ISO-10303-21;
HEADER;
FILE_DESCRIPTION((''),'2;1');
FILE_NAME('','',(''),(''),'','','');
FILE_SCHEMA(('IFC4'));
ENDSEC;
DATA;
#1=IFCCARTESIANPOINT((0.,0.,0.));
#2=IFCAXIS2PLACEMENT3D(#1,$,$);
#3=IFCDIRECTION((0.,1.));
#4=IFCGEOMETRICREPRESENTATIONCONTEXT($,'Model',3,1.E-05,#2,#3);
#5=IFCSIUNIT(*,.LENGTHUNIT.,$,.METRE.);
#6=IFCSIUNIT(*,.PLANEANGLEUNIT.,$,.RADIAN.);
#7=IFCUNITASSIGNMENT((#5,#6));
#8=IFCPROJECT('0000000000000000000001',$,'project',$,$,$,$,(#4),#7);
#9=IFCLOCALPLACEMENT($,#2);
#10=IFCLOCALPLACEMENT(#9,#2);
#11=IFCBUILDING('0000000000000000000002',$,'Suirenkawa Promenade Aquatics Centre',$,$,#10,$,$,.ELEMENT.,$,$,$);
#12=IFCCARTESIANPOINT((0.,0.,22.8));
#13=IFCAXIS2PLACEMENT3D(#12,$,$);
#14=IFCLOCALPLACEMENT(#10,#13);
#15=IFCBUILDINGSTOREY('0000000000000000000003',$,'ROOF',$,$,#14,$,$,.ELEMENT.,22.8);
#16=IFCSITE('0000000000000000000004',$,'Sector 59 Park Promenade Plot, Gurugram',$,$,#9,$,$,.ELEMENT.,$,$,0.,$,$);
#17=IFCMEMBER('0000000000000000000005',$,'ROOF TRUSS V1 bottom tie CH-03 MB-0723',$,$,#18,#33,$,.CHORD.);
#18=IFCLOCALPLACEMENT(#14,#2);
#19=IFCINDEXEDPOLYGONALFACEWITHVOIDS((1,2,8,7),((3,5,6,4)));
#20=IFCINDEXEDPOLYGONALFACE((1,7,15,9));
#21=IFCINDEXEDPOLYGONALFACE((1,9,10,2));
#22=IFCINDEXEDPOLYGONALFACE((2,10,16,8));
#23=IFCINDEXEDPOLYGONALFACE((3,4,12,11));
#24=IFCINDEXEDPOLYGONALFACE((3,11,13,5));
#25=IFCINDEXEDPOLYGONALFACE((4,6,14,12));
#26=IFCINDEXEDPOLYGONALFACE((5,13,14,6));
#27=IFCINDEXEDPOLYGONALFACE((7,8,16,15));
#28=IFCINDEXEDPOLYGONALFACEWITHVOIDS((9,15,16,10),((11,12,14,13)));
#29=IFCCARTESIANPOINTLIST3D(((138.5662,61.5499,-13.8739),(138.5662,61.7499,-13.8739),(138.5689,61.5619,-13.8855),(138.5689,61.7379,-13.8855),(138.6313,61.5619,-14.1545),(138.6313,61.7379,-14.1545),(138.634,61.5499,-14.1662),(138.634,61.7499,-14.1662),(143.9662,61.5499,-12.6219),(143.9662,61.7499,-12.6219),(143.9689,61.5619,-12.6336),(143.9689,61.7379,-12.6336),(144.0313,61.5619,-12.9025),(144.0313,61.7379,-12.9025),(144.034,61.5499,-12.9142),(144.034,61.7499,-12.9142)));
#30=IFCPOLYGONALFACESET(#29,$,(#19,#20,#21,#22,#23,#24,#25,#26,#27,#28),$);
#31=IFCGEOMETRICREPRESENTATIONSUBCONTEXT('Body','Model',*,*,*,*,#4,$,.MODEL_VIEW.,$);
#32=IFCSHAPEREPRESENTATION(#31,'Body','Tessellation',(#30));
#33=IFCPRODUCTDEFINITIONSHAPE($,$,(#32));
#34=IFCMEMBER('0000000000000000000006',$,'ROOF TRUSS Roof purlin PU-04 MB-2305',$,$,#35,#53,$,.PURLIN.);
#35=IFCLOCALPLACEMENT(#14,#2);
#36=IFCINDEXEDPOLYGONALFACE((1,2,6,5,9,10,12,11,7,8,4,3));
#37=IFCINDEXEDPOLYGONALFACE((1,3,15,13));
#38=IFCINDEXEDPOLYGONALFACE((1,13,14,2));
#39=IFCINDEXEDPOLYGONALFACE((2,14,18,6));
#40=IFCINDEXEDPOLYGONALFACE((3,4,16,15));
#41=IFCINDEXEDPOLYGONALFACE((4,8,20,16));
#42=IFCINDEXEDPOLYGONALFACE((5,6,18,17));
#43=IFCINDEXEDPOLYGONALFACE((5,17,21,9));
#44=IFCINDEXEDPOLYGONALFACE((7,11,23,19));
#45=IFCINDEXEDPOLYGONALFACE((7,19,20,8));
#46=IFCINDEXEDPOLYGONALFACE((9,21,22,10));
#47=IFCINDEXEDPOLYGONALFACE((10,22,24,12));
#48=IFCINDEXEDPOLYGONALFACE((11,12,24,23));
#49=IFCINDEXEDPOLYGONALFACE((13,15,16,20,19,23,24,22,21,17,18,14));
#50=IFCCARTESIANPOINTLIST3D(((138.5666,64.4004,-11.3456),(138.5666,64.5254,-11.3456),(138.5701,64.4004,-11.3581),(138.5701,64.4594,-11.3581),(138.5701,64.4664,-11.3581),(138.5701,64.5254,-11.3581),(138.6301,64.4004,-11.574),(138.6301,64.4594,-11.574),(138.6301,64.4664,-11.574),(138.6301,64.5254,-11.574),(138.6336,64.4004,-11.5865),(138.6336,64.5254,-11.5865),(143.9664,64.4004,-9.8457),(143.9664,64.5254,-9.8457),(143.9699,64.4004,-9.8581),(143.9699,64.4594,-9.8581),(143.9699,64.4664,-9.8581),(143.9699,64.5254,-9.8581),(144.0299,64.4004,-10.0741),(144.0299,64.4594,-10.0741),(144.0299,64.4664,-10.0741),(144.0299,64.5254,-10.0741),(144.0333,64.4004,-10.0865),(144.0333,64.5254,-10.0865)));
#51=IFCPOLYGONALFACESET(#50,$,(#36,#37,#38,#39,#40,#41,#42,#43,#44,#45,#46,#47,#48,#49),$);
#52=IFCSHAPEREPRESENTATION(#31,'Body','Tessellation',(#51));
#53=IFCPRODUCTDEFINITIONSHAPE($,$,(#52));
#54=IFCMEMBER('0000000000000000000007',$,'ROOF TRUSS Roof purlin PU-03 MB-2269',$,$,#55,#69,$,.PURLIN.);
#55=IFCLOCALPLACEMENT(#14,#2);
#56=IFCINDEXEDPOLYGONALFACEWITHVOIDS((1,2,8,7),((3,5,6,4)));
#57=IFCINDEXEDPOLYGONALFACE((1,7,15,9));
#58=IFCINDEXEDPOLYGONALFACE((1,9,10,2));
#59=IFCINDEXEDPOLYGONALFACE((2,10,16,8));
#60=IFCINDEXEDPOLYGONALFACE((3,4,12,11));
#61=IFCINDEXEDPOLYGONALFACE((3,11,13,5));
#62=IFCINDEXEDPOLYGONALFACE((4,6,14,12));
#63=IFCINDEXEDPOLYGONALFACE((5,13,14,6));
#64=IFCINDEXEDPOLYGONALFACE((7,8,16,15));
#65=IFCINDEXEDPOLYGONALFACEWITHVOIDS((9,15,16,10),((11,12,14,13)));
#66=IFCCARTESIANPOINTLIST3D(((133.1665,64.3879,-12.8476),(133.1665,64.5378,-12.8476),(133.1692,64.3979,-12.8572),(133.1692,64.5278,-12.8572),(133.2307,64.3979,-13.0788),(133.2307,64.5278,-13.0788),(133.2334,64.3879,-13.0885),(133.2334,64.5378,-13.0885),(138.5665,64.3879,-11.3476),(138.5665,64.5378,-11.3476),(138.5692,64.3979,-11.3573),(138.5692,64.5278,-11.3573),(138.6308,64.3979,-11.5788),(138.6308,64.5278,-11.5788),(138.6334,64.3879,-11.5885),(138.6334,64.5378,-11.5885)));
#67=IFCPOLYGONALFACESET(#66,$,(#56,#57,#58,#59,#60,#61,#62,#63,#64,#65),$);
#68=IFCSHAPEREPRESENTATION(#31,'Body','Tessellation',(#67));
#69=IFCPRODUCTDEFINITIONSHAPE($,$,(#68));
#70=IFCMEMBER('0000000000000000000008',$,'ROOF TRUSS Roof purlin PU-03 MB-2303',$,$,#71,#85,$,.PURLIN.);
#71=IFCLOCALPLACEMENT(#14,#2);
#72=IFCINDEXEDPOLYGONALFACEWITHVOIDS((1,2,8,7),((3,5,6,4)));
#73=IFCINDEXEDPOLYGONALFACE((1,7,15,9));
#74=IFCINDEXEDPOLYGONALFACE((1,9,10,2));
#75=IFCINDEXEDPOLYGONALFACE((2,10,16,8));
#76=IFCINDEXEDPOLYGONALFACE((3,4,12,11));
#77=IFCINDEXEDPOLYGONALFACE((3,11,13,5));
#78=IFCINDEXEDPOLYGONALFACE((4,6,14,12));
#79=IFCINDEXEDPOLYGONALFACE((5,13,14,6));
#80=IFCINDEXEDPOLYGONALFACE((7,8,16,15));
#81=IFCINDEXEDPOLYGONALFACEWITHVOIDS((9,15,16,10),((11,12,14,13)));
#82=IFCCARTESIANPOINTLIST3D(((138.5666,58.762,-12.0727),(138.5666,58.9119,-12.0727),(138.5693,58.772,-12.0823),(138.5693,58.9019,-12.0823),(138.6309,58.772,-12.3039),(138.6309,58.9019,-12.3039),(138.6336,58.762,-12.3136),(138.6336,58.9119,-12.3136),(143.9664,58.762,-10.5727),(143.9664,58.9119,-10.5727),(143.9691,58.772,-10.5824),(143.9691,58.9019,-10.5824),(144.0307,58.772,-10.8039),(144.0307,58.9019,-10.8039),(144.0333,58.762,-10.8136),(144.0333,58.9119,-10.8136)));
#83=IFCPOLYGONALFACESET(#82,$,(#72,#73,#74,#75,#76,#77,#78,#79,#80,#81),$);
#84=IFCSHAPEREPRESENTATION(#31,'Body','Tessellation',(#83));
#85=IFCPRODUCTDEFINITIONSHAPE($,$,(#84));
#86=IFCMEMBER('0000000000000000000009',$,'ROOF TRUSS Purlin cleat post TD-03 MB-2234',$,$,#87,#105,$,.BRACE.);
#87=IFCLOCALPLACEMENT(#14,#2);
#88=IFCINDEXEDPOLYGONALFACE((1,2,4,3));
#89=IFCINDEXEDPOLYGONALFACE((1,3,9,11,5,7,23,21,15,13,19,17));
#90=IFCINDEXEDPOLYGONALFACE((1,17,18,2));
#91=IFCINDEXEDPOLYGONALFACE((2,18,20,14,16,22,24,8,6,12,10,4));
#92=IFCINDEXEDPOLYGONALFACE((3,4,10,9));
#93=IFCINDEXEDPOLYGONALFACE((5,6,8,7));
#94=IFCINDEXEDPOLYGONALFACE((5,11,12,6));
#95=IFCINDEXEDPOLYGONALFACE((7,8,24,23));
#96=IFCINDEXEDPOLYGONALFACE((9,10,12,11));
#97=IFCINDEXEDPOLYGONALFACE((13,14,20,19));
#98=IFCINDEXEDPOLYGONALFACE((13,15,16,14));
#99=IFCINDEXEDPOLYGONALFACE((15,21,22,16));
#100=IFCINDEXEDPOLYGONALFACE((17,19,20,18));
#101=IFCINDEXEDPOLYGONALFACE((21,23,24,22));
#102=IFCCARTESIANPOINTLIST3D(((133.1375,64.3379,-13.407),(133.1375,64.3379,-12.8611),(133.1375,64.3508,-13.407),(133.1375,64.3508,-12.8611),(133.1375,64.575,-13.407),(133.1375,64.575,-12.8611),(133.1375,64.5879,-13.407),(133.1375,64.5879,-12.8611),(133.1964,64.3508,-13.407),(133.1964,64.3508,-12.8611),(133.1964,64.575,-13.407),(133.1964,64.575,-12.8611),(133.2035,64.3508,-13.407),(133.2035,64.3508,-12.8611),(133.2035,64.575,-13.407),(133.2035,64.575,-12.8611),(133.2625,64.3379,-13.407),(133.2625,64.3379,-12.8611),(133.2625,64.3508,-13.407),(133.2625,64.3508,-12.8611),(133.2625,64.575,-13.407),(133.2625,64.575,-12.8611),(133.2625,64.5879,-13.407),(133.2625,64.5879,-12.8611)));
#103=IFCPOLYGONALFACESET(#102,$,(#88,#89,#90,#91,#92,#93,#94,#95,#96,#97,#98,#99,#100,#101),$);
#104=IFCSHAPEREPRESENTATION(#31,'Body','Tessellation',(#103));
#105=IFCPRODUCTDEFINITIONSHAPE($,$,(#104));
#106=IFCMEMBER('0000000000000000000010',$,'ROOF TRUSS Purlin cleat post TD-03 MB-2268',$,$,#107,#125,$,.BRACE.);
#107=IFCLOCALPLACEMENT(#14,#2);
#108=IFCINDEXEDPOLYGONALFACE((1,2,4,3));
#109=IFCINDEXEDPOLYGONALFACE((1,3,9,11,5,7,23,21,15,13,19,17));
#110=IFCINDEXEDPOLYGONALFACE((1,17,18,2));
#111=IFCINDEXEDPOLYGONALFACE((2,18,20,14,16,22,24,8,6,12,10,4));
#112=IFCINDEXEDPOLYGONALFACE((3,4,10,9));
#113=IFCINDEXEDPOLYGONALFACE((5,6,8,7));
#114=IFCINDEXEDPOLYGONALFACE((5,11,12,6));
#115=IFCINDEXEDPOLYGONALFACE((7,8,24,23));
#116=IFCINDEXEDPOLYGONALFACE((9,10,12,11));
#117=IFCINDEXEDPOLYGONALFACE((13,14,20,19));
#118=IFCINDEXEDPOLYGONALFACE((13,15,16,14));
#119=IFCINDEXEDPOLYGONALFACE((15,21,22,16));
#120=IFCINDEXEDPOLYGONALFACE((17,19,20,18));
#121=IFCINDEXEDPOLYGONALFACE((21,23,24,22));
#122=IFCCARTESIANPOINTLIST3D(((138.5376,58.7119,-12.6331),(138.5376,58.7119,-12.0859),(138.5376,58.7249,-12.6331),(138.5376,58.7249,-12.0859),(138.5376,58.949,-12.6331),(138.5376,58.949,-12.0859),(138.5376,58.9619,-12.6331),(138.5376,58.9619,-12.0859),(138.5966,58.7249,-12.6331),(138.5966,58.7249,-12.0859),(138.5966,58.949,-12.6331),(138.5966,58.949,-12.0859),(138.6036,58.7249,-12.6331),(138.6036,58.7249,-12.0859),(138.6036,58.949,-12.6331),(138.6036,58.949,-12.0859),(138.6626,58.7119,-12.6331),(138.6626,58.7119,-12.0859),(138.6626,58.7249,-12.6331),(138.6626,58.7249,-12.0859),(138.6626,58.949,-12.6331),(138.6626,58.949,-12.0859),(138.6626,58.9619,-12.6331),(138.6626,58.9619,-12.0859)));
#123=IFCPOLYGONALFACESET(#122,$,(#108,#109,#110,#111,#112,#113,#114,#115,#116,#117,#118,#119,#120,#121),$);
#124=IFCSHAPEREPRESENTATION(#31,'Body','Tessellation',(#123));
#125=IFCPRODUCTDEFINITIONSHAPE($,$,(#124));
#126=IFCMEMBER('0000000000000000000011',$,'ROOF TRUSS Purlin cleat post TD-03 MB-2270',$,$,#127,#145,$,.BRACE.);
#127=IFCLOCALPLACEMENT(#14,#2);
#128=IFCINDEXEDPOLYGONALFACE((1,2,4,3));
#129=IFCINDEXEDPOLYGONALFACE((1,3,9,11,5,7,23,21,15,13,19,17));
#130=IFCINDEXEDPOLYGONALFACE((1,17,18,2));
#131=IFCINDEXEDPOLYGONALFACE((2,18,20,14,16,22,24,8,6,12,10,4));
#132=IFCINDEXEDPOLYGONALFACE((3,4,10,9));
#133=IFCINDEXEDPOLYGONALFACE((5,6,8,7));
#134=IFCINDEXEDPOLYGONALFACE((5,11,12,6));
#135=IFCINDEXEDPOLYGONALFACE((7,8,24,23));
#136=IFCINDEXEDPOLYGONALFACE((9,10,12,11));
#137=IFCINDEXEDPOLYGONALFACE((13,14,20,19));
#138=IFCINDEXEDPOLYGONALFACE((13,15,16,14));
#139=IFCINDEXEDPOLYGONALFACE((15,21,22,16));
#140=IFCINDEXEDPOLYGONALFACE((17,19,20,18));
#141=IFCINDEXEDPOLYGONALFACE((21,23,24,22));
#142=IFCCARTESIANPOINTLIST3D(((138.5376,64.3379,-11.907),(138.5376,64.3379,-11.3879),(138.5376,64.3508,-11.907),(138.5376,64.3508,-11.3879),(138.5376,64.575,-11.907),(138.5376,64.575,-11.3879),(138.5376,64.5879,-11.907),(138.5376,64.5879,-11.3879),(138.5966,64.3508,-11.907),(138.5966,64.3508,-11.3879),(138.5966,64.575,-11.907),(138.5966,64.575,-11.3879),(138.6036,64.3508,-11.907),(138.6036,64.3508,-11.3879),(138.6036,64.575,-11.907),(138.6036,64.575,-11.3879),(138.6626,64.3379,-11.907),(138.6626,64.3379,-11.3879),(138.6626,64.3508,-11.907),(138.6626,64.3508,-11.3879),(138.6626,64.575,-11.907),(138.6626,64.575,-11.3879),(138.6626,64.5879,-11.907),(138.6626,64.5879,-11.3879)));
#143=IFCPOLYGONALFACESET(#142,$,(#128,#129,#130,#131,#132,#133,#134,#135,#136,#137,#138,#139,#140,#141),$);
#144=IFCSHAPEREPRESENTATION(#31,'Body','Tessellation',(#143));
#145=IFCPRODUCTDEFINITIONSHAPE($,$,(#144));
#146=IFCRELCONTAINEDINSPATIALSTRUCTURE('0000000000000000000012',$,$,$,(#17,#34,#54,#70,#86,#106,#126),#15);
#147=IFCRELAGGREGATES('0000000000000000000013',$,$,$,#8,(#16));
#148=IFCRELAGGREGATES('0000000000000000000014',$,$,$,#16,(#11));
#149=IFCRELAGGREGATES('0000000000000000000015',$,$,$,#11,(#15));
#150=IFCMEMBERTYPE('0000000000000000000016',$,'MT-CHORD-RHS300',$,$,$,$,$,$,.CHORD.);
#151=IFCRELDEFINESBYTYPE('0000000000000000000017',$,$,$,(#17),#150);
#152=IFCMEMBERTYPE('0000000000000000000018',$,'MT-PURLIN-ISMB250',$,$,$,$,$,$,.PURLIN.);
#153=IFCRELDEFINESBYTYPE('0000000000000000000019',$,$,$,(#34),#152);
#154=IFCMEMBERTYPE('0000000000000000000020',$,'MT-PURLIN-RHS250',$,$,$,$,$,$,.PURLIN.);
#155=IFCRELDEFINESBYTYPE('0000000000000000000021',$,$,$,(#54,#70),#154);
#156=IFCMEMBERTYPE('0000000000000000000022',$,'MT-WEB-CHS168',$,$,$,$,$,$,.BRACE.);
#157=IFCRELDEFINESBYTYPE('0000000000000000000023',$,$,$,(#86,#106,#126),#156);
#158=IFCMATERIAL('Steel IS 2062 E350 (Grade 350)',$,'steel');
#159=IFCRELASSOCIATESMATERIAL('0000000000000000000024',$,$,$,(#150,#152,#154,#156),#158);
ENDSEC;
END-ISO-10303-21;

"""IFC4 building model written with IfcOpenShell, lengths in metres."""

from ifc_helpers import new_model, si_unit, direction, frame, origin, origin_2d, place, context, subcontext, project, spatial, hollow_rectangle, i_section, extrude, material, material_profile, profile_set, type_object, element, save


model = new_model("IFC4")

# Units and contexts
model_context = context("Model", 3, precision=1e-05, world=origin(), true_north=direction((0.0, 1.0)))
body_context = subcontext(model_context, "Body", "Model", "MODEL_VIEW")
ifc_project = project(units=[si_unit("LENGTHUNIT", "METRE"), si_unit("PLANEANGLEUNIT", "RADIAN")], contexts=[model_context])

# Site, building, storey
site_placement = place(None, origin())
site = spatial("IfcSite", under=ifc_project, at=site_placement, Name="Sector 59 Park Promenade Plot, Gurugram", CompositionType="ELEMENT", RefElevation=0.0)
building_placement = place(site_placement, origin())
building = spatial("IfcBuilding", under=site, at=building_placement, Name="Suirenkawa Promenade Aquatics Centre", CompositionType="ELEMENT")
storey_placement = place(building_placement, frame((0.0, 0.0, 22.8)))
storey = spatial("IfcBuildingStorey", under=building, at=storey_placement, Name="ROOF", CompositionType="ELEMENT", Elevation=22.8)

# Shared definitions
ifc_material = material(Name="Steel IS 2062 E350 (Grade 350)", Category="steel")

# Members
ifc_material_profile_1 = material_profile(ifc_material, hollow_rectangle(XDim=0.2, YDim=0.3, WallThickness=0.012, at=origin_2d()), Name="RHS 300x200x12", Category="steel")
ifc_profile_set_1 = profile_set([ifc_material_profile_1], Name="Steel IS 2062 E350 (Grade 350)")
member_type_1 = type_object("IfcMemberType", Name="MT-CHORD-RHS300", PredefinedType="CHORD", material=ifc_profile_set_1)
member_1_placement = place(storey_placement, frame((138.6001, 61.6499, -14.02), z_axis=(0.974161, 0.0, 0.225857), x_axis=(0.0, 1.0, 0.0)))
element("IfcMember", 1, at=member_1_placement, inside=storey, type_object=member_type_1, Name="ROOF TRUSS V1 bottom tie CH-03 MB-0723", PredefinedType="CHORD", context=body_context, shape_type="SweptSolid", body=[
    extrude(hollow_rectangle(XDim=0.2, YDim=0.3, WallThickness=0.012, at=origin_2d()), origin(), (0.0, 0.0, 1.0), 5.5432),
])
ifc_material_profile_2 = material_profile(ifc_material, i_section(OverallWidth=0.125, OverallDepth=0.25, WebThickness=0.0071, FlangeThickness=0.0129, at=origin_2d()), Name="ISMB 250", Category="steel")
ifc_profile_set_2 = profile_set([ifc_material_profile_2], Name="Steel IS 2062 E350 (Grade 350)")
member_type_2 = type_object("IfcMemberType", Name="MT-PURLIN-ISMB250", PredefinedType="PURLIN", material=ifc_profile_set_2)
member_2_placement = place(storey_placement, frame((138.6001, 64.4629, -11.4661), z_axis=(0.963517, 0.0, 0.267648), x_axis=(0.0, 1.0, 0.0)))
element("IfcMember", 2, at=member_2_placement, inside=storey, type_object=member_type_2, Name="ROOF TRUSS Roof purlin PU-04 MB-2305", PredefinedType="PURLIN", context=body_context, shape_type="SweptSolid", body=[
    extrude(i_section(OverallWidth=0.125, OverallDepth=0.25, WebThickness=0.0071, FlangeThickness=0.0129, at=origin_2d()), origin(), (0.0, 0.0, 1.0), 5.6042),
])
ifc_material_profile_3 = material_profile(ifc_material, hollow_rectangle(XDim=0.1499, YDim=0.25, WallThickness=0.01, at=origin_2d()), Name="RHS 250x150x10", Category="steel")
ifc_profile_set_3 = profile_set([ifc_material_profile_3], Name="Steel IS 2062 E350 (Grade 350)")
member_type_3 = type_object("IfcMemberType", Name="MT-PURLIN-RHS250", PredefinedType="PURLIN", material=ifc_profile_set_3)
member_3_placement = place(storey_placement, frame((133.2, 64.4629, -12.968), z_axis=(0.96352, 0.0, 0.267637), x_axis=(0.0, 1.0, 0.0)))
element("IfcMember", 3, at=member_3_placement, inside=storey, type_object=member_type_3, Name="ROOF TRUSS Roof purlin PU-03 MB-2269", PredefinedType="PURLIN", context=body_context, shape_type="SweptSolid", body=[
    extrude(hollow_rectangle(XDim=0.1499, YDim=0.25, WallThickness=0.01, at=origin_2d()), origin(), (0.0, 0.0, 1.0), 5.6045),
])
member_4_placement = place(storey_placement, frame((138.6001, 58.8369, -12.1931), z_axis=(0.963517, 0.0, 0.267648), x_axis=(0.0, 1.0, 0.0)))
element("IfcMember", 4, at=member_4_placement, inside=storey, type_object=member_type_3, Name="ROOF TRUSS Roof purlin PU-03 MB-2303", PredefinedType="PURLIN", context=body_context, shape_type="SweptSolid", body=[
    extrude(hollow_rectangle(XDim=0.1499, YDim=0.25, WallThickness=0.01, at=origin_2d()), origin(), (0.0, 0.0, 1.0), 5.6042),
])
ifc_material_profile_4 = material_profile(ifc_material, i_section(OverallWidth=0.125, OverallDepth=0.25, WebThickness=0.0071, FlangeThickness=0.0129, at=origin_2d()), Name="ISMB 250", Category="steel")
ifc_profile_set_4 = profile_set([ifc_material_profile_4], Name="Steel IS 2062 E350 (Grade 350)")
member_type_4 = type_object("IfcMemberType", Name="MT-WEB-CHS168", PredefinedType="BRACE", material=ifc_profile_set_4)
member_5_placement = place(storey_placement, frame((133.2, 64.4629, -13.407), z_axis=(0.0, 0.0, 1.0), x_axis=(1.0, 0.0, 0.0)))
element("IfcMember", 5, at=member_5_placement, inside=storey, type_object=member_type_4, Name="ROOF TRUSS Purlin cleat post TD-03 MB-2234", PredefinedType="BRACE", context=body_context, shape_type="SweptSolid", body=[
    extrude(i_section(OverallWidth=0.125, OverallDepth=0.25, WebThickness=0.0071, FlangeThickness=0.0129, at=origin_2d()), origin(), (0.0, 0.0, 1.0), 0.5459),
])
member_6_placement = place(storey_placement, frame((138.6001, 58.8369, -12.6331), z_axis=(0.0, 0.0, 1.0), x_axis=(1.0, 0.0, 0.0)))
element("IfcMember", 6, at=member_6_placement, inside=storey, type_object=member_type_4, Name="ROOF TRUSS Purlin cleat post TD-03 MB-2268", PredefinedType="BRACE", context=body_context, shape_type="SweptSolid", body=[
    extrude(i_section(OverallWidth=0.125, OverallDepth=0.25, WebThickness=0.0071, FlangeThickness=0.0129, at=origin_2d()), origin(), (0.0, 0.0, 1.0), 0.5471),
])
member_7_placement = place(storey_placement, frame((138.6001, 64.4629, -11.907), z_axis=(0.0, 0.0, 1.0), x_axis=(1.0, 0.0, 0.0)))
element("IfcMember", 7, at=member_7_placement, inside=storey, type_object=member_type_4, Name="ROOF TRUSS Purlin cleat post TD-03 MB-2270", PredefinedType="BRACE", context=body_context, shape_type="SweptSolid", body=[
    extrude(i_section(OverallWidth=0.125, OverallDepth=0.25, WebThickness=0.0071, FlangeThickness=0.0129, at=origin_2d()), origin(), (0.0, 0.0, 1.0), 0.519),
])

save(model, "model.ifc")
